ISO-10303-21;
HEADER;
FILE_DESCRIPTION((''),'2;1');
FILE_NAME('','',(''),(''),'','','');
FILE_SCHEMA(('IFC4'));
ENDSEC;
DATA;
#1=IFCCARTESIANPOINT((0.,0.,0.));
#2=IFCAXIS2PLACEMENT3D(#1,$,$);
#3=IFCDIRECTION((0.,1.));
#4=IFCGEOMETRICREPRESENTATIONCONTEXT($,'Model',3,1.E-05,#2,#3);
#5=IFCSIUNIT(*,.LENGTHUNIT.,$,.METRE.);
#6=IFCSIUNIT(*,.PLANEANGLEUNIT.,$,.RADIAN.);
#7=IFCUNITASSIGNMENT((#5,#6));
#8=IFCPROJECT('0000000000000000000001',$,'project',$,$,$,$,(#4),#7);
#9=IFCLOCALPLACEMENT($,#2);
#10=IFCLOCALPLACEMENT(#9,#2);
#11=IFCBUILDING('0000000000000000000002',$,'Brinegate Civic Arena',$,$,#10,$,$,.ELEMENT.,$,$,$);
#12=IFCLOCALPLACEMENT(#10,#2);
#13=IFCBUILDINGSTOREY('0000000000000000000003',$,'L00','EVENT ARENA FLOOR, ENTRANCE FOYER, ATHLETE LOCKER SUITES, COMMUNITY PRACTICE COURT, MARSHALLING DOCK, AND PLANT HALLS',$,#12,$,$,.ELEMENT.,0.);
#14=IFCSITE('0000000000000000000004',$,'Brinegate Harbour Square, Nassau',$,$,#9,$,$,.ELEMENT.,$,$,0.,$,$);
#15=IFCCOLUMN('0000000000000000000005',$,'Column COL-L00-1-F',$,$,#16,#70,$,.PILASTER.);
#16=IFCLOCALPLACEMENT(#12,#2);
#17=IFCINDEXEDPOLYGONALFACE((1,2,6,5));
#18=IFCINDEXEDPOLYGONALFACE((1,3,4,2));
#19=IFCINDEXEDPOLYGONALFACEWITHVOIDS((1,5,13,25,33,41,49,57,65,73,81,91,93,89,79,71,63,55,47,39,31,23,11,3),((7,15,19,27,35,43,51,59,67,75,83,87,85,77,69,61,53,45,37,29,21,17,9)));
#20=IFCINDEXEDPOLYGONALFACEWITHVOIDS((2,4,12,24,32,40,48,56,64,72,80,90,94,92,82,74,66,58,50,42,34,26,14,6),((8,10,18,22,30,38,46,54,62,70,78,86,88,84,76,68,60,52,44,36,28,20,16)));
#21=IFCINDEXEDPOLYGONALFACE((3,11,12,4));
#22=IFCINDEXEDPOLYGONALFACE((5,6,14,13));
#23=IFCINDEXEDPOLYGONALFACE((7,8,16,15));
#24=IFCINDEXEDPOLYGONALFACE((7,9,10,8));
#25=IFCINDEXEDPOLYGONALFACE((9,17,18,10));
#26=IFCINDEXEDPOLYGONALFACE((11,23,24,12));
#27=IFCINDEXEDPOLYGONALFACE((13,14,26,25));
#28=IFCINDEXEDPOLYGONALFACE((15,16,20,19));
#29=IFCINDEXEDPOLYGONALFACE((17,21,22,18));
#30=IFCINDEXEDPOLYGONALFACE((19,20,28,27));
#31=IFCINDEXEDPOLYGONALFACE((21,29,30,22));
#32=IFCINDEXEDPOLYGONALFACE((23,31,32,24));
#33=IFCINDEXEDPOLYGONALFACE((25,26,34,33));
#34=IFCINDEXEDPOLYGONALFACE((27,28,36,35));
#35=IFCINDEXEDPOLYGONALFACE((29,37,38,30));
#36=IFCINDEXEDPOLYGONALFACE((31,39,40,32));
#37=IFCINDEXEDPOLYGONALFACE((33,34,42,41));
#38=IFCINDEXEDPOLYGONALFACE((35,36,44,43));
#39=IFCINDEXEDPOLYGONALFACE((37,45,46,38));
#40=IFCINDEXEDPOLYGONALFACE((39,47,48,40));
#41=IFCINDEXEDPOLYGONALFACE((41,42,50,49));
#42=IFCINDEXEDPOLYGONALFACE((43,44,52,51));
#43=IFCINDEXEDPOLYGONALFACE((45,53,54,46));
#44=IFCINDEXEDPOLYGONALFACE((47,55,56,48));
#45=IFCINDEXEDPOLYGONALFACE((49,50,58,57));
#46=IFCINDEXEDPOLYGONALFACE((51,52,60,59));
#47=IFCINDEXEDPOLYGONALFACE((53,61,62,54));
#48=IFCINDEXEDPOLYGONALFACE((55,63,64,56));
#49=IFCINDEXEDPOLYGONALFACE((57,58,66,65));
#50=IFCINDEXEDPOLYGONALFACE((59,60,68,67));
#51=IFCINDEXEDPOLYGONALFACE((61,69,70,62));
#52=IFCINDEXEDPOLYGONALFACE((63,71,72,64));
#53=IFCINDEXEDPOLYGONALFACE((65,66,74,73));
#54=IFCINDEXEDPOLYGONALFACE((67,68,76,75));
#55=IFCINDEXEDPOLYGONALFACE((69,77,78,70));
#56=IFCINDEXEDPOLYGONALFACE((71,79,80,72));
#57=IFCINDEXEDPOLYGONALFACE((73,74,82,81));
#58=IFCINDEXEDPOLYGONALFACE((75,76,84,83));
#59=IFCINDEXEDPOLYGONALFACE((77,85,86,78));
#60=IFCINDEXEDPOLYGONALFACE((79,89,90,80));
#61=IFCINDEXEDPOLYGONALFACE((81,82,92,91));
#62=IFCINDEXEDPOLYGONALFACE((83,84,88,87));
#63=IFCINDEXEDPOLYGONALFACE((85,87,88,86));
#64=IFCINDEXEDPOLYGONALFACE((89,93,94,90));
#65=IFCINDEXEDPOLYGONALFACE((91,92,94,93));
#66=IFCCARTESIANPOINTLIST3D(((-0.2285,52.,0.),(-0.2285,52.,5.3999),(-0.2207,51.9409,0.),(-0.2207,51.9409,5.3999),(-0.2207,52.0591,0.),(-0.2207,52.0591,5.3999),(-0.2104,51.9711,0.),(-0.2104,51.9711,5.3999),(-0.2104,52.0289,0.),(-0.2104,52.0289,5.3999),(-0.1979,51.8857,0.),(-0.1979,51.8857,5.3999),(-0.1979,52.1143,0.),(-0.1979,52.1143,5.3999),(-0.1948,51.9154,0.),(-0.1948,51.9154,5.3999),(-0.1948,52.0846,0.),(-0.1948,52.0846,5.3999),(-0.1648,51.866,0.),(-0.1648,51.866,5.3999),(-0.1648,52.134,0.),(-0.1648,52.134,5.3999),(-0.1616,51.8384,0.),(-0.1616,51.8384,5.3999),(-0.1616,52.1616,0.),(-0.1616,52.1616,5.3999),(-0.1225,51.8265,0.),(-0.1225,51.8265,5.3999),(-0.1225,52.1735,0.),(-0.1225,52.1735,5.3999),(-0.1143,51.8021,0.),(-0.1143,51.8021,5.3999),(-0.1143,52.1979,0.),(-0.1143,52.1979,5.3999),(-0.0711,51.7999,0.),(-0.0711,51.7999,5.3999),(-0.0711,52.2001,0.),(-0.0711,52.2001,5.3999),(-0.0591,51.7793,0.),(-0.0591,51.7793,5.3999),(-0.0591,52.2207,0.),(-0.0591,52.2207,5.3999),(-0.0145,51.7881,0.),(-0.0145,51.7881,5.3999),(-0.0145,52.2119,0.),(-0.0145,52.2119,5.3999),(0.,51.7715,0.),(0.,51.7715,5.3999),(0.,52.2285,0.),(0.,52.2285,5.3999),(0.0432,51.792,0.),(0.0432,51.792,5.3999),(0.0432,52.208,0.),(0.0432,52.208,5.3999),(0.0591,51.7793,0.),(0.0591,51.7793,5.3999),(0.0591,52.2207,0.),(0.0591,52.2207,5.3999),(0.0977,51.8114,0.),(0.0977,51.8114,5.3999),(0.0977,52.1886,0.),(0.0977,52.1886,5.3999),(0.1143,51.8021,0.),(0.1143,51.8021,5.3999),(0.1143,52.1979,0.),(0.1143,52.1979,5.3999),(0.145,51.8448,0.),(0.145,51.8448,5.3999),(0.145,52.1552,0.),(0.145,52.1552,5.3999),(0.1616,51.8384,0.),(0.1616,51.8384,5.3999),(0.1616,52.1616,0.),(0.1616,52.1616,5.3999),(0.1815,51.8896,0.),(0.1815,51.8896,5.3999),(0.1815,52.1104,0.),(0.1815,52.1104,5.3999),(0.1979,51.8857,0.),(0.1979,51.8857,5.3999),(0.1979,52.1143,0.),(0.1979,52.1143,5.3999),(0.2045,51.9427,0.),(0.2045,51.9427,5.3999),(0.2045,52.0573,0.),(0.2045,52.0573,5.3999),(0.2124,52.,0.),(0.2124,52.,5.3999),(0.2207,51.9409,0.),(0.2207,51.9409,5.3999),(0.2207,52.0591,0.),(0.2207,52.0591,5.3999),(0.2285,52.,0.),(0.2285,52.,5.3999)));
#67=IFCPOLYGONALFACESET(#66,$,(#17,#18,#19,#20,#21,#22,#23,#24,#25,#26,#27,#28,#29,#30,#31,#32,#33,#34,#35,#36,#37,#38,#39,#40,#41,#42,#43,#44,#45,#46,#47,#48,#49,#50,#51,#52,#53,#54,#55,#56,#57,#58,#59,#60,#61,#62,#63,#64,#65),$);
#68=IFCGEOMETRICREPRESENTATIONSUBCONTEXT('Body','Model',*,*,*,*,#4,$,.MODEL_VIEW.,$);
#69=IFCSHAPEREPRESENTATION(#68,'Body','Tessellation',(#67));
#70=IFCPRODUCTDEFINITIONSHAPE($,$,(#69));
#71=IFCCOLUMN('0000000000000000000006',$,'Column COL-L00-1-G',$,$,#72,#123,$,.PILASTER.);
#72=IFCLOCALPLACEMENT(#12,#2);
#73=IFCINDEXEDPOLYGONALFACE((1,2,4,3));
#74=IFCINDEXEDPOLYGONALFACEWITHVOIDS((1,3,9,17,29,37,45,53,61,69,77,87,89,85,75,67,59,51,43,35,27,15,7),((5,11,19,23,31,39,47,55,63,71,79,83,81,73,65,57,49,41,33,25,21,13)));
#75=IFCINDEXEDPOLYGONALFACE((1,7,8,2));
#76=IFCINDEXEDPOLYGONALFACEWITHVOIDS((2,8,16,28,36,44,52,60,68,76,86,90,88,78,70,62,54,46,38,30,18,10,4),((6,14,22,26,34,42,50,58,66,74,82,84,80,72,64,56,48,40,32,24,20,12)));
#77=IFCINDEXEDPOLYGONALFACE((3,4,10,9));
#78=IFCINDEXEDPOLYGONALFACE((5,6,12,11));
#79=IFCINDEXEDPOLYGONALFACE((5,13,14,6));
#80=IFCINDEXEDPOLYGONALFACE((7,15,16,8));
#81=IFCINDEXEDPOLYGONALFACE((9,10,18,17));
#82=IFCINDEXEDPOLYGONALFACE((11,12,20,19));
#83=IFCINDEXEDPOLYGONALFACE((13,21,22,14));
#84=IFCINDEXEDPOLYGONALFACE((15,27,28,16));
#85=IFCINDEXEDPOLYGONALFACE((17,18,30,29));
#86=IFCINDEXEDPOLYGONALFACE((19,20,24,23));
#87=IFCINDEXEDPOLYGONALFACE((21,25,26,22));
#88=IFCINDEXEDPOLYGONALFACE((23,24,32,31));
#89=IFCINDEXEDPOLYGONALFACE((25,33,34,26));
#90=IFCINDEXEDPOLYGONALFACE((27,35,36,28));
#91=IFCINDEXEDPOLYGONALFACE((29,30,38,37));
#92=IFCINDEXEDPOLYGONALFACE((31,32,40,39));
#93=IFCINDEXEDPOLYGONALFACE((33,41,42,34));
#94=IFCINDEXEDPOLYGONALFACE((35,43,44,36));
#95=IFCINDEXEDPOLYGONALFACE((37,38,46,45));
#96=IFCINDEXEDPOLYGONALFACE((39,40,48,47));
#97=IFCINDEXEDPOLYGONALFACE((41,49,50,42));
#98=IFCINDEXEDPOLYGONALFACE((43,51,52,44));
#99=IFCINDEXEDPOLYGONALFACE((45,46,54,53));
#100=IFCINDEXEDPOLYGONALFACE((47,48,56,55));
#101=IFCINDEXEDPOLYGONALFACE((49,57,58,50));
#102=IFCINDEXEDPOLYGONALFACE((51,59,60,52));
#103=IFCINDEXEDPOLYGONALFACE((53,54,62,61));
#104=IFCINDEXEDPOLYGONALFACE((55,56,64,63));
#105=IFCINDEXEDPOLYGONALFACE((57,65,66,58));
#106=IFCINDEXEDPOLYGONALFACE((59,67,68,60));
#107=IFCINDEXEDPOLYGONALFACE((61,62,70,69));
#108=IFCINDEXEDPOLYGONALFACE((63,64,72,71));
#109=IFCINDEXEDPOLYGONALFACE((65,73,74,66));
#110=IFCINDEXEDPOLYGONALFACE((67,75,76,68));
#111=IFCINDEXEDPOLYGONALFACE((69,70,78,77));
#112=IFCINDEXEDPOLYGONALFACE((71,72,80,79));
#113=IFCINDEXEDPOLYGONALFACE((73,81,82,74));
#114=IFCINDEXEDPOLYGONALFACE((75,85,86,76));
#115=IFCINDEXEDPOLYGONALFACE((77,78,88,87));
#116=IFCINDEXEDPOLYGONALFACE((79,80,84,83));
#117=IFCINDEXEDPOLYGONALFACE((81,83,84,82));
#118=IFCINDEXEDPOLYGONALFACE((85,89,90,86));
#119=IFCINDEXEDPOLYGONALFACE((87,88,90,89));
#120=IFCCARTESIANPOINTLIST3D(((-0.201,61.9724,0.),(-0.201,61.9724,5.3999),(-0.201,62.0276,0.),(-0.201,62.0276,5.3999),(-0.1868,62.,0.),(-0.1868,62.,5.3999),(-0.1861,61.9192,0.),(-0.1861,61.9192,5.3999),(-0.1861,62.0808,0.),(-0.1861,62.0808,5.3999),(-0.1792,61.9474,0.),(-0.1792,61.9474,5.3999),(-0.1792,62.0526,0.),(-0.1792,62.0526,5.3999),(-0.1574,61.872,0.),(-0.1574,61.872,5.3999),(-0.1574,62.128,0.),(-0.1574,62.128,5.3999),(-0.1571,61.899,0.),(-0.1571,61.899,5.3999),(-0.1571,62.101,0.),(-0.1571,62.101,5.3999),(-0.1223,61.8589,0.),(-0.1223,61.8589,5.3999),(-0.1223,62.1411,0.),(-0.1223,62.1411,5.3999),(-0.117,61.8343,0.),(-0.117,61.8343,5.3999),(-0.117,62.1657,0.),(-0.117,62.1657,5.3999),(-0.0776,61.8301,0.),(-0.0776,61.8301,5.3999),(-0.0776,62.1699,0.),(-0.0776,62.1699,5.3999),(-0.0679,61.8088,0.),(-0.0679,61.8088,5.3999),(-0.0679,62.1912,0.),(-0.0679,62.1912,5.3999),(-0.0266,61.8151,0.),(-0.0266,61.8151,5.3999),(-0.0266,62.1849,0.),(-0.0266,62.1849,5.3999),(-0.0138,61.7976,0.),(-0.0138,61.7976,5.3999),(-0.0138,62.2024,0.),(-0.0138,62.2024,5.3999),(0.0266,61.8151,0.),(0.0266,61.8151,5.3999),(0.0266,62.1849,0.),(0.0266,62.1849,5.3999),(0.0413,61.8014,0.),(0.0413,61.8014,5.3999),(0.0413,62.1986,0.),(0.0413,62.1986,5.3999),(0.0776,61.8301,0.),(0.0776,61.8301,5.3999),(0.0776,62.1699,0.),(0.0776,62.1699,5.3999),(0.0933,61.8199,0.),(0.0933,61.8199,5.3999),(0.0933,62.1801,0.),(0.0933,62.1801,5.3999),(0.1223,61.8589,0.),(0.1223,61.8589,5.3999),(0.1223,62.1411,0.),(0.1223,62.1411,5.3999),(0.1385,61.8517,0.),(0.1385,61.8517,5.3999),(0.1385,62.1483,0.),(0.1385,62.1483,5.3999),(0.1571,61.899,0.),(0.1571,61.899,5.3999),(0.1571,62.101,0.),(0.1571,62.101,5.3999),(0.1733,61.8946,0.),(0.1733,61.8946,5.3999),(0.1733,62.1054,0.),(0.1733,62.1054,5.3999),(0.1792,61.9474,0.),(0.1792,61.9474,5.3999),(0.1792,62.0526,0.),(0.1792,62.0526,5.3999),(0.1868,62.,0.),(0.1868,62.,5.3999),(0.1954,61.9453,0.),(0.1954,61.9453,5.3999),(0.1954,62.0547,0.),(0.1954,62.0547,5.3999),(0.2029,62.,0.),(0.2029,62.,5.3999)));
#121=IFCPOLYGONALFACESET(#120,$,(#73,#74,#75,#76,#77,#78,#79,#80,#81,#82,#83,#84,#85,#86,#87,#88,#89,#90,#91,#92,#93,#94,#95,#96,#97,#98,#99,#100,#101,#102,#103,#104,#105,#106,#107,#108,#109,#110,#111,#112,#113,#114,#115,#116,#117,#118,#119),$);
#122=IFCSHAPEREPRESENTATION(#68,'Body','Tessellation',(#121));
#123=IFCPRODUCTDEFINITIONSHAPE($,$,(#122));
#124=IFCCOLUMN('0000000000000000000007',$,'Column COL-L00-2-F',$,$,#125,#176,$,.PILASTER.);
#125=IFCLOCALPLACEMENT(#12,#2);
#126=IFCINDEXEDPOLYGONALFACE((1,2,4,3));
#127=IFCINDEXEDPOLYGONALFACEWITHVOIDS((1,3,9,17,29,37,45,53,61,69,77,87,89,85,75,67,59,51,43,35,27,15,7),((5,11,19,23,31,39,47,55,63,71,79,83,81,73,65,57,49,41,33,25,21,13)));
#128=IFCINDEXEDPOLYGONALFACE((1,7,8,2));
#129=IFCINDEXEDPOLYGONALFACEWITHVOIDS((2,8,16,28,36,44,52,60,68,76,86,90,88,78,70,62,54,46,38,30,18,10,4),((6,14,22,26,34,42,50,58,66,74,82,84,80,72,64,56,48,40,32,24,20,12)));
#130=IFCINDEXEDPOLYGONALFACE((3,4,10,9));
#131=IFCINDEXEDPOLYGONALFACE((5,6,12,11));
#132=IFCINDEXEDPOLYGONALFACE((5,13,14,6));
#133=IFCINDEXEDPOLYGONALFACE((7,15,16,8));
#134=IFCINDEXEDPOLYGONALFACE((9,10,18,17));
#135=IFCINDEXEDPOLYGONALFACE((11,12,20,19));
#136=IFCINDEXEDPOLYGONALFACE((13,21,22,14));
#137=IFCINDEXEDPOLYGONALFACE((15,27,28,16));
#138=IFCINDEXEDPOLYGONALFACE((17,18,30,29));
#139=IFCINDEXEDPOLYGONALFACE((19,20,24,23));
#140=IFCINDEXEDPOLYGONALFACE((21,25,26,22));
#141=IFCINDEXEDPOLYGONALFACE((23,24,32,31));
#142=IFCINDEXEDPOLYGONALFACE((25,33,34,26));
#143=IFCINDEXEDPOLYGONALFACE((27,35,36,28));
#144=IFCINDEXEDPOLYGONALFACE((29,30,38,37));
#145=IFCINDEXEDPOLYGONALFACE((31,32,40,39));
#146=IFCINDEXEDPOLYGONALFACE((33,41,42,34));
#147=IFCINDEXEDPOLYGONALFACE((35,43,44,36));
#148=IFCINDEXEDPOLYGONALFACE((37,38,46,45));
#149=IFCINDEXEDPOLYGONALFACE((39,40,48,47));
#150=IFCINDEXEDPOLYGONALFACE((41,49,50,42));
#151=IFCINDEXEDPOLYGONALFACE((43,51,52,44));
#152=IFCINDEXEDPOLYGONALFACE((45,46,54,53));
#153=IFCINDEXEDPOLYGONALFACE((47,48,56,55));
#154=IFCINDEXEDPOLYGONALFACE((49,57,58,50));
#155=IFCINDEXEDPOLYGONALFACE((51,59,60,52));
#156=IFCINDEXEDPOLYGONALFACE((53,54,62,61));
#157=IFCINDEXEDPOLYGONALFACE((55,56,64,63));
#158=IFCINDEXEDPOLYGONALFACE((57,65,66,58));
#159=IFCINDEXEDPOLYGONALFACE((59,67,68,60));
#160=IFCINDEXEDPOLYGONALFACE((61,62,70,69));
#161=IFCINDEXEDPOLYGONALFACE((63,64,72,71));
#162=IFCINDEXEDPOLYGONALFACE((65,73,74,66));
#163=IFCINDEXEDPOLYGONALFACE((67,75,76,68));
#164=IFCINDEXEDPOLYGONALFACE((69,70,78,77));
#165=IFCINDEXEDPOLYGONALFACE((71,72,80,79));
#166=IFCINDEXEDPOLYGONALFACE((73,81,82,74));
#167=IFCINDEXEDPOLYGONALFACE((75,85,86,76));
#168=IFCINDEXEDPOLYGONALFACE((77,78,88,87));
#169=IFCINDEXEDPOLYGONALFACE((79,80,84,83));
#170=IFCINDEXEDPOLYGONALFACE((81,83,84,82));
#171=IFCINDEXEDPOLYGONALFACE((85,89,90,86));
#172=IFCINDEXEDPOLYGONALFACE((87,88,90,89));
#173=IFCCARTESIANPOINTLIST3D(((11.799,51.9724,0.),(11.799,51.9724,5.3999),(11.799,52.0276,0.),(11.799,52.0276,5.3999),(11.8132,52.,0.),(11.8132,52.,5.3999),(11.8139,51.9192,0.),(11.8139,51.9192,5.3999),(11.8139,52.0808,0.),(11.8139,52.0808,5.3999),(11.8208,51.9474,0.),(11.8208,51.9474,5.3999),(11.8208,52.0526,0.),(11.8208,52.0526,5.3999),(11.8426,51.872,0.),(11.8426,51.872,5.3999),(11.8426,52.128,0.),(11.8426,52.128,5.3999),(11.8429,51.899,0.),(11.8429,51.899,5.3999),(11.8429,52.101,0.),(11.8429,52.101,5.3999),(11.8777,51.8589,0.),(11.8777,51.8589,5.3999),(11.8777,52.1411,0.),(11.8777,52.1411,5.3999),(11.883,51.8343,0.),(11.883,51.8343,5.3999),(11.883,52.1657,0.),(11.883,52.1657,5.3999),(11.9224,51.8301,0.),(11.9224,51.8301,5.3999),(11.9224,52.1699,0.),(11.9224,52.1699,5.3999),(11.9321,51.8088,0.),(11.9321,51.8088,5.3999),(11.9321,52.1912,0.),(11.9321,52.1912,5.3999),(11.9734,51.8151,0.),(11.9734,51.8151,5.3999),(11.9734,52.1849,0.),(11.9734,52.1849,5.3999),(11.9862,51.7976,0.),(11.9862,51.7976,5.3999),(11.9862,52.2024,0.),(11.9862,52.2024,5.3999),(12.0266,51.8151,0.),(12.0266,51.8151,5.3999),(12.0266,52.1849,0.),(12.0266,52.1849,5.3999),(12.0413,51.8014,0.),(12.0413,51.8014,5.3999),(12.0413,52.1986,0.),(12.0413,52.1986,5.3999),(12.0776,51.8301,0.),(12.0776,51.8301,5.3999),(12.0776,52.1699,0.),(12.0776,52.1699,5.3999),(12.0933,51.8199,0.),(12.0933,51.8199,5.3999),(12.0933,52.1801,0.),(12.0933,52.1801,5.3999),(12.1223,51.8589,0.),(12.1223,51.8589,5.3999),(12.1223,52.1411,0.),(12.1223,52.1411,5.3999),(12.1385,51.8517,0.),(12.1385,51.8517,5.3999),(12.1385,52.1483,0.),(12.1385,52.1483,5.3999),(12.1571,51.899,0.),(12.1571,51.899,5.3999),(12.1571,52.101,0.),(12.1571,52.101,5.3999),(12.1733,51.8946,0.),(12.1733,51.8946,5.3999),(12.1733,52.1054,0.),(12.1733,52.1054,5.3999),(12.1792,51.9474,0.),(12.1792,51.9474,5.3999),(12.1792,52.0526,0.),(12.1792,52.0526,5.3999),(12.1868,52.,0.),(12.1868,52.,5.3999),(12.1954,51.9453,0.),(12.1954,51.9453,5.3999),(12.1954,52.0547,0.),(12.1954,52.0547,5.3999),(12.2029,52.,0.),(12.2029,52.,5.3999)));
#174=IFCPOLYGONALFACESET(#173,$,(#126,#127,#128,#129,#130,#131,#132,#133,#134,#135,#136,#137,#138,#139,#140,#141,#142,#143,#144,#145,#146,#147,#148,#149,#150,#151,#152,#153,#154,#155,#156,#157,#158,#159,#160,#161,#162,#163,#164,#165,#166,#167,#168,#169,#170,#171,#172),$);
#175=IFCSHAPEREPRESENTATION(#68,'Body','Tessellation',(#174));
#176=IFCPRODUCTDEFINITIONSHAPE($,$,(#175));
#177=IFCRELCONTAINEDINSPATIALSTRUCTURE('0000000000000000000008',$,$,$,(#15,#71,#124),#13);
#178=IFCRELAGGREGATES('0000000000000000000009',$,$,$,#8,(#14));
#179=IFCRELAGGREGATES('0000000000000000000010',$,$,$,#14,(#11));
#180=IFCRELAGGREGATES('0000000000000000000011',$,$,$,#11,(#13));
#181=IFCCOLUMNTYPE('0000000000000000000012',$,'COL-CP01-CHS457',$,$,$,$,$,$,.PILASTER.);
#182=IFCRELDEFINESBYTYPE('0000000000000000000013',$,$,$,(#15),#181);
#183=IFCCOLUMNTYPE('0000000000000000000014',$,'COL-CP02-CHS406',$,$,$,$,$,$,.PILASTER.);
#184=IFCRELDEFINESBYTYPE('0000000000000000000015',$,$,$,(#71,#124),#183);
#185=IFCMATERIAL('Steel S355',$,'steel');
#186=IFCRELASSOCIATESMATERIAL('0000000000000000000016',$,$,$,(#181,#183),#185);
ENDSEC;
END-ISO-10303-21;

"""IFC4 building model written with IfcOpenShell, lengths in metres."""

from ifc_helpers import new_model, si_unit, direction, frame, origin, origin_2d, place, context, subcontext, project, spatial, hollow_circle, extrude, material, material_profile, profile_set, type_object, element, save


model = new_model("IFC4")

# Units and contexts
model_context = context("Model", 3, precision=1e-05, world=origin(), true_north=direction((0.0, 1.0)))
body_context = subcontext(model_context, "Body", "Model", "MODEL_VIEW")
ifc_project = project(units=[si_unit("LENGTHUNIT", "METRE"), si_unit("PLANEANGLEUNIT", "RADIAN")], contexts=[model_context])

# Site, building, storey
site_placement = place(None, origin())
site = spatial("IfcSite", under=ifc_project, at=site_placement, Name="Brinegate Harbour Square, Nassau", CompositionType="ELEMENT", RefElevation=0.0)
building_placement = place(site_placement, origin())
building = spatial("IfcBuilding", under=site, at=building_placement, Name="Brinegate Civic Arena", CompositionType="ELEMENT")
storey_placement = place(building_placement, origin())
storey = spatial("IfcBuildingStorey", under=building, at=storey_placement, Name="L00", Description="EVENT ARENA FLOOR, ENTRANCE FOYER, ATHLETE LOCKER SUITES, COMMUNITY PRACTICE COURT, MARSHALLING DOCK, AND PLANT HALLS", CompositionType="ELEMENT", Elevation=0.0)

# Columns
ifc_material_1 = material(Name="Steel S355", Category="steel")
ifc_material_profile_1 = material_profile(ifc_material_1, hollow_circle(Radius=0.2285, WallThickness=0.0161, at=origin_2d()), Name="CHS457X16")
ifc_profile_set_1 = profile_set([ifc_material_profile_1], Name="Steel S355")
column_type_1 = type_object("IfcColumnType", Name="COL-CP01-CHS457", PredefinedType="PILASTER", material=ifc_profile_set_1)
column_1_placement = place(storey_placement, frame((0.0, 52.0, 0.0), z_axis=(0.0, 0.0, 1.0), x_axis=(1.0, 0.0, 0.0)))
element("IfcColumn", 1, at=column_1_placement, inside=storey, type_object=column_type_1, Name="Column COL-L00-1-F", PredefinedType="PILASTER", context=body_context, shape_type="SweptSolid", body=[
    extrude(hollow_circle(Radius=0.2285, WallThickness=0.0161, at=origin_2d()), origin(), (0.0, 0.0, 1.0), 5.3999),
])
ifc_material_profile_2 = material_profile(ifc_material_1, hollow_circle(Radius=0.2029, WallThickness=0.0161, at=origin_2d()), Name="CHS406X16")
ifc_profile_set_2 = profile_set([ifc_material_profile_2], Name="Steel S355")
column_type_2 = type_object("IfcColumnType", Name="COL-CP02-CHS406", PredefinedType="PILASTER", material=ifc_profile_set_2)
for number, where, z_axis, x_axis, name in (
    (2, (0.0, 62.0, 0.0), (0.0, 0.0, 1.0), (1.0, 0.0, 0.0), "Column COL-L00-1-G"),
    (3, (12.0, 52.0, 0.0), (0.0, 0.0, 1.0), (1.0, 0.0, 0.0), "Column COL-L00-2-F"),
):
    element("IfcColumn", number, at=place(storey_placement, frame(where, z_axis=z_axis, x_axis=x_axis)), inside=storey, type_object=column_type_2, Name=name, PredefinedType="PILASTER", context=body_context, shape_type="SweptSolid", body=[
        extrude(hollow_circle(Radius=0.2029, WallThickness=0.0161, at=origin_2d()), origin(), (0.0, 0.0, 1.0), 5.3999),
    ])

save(model, "model.ifc")
